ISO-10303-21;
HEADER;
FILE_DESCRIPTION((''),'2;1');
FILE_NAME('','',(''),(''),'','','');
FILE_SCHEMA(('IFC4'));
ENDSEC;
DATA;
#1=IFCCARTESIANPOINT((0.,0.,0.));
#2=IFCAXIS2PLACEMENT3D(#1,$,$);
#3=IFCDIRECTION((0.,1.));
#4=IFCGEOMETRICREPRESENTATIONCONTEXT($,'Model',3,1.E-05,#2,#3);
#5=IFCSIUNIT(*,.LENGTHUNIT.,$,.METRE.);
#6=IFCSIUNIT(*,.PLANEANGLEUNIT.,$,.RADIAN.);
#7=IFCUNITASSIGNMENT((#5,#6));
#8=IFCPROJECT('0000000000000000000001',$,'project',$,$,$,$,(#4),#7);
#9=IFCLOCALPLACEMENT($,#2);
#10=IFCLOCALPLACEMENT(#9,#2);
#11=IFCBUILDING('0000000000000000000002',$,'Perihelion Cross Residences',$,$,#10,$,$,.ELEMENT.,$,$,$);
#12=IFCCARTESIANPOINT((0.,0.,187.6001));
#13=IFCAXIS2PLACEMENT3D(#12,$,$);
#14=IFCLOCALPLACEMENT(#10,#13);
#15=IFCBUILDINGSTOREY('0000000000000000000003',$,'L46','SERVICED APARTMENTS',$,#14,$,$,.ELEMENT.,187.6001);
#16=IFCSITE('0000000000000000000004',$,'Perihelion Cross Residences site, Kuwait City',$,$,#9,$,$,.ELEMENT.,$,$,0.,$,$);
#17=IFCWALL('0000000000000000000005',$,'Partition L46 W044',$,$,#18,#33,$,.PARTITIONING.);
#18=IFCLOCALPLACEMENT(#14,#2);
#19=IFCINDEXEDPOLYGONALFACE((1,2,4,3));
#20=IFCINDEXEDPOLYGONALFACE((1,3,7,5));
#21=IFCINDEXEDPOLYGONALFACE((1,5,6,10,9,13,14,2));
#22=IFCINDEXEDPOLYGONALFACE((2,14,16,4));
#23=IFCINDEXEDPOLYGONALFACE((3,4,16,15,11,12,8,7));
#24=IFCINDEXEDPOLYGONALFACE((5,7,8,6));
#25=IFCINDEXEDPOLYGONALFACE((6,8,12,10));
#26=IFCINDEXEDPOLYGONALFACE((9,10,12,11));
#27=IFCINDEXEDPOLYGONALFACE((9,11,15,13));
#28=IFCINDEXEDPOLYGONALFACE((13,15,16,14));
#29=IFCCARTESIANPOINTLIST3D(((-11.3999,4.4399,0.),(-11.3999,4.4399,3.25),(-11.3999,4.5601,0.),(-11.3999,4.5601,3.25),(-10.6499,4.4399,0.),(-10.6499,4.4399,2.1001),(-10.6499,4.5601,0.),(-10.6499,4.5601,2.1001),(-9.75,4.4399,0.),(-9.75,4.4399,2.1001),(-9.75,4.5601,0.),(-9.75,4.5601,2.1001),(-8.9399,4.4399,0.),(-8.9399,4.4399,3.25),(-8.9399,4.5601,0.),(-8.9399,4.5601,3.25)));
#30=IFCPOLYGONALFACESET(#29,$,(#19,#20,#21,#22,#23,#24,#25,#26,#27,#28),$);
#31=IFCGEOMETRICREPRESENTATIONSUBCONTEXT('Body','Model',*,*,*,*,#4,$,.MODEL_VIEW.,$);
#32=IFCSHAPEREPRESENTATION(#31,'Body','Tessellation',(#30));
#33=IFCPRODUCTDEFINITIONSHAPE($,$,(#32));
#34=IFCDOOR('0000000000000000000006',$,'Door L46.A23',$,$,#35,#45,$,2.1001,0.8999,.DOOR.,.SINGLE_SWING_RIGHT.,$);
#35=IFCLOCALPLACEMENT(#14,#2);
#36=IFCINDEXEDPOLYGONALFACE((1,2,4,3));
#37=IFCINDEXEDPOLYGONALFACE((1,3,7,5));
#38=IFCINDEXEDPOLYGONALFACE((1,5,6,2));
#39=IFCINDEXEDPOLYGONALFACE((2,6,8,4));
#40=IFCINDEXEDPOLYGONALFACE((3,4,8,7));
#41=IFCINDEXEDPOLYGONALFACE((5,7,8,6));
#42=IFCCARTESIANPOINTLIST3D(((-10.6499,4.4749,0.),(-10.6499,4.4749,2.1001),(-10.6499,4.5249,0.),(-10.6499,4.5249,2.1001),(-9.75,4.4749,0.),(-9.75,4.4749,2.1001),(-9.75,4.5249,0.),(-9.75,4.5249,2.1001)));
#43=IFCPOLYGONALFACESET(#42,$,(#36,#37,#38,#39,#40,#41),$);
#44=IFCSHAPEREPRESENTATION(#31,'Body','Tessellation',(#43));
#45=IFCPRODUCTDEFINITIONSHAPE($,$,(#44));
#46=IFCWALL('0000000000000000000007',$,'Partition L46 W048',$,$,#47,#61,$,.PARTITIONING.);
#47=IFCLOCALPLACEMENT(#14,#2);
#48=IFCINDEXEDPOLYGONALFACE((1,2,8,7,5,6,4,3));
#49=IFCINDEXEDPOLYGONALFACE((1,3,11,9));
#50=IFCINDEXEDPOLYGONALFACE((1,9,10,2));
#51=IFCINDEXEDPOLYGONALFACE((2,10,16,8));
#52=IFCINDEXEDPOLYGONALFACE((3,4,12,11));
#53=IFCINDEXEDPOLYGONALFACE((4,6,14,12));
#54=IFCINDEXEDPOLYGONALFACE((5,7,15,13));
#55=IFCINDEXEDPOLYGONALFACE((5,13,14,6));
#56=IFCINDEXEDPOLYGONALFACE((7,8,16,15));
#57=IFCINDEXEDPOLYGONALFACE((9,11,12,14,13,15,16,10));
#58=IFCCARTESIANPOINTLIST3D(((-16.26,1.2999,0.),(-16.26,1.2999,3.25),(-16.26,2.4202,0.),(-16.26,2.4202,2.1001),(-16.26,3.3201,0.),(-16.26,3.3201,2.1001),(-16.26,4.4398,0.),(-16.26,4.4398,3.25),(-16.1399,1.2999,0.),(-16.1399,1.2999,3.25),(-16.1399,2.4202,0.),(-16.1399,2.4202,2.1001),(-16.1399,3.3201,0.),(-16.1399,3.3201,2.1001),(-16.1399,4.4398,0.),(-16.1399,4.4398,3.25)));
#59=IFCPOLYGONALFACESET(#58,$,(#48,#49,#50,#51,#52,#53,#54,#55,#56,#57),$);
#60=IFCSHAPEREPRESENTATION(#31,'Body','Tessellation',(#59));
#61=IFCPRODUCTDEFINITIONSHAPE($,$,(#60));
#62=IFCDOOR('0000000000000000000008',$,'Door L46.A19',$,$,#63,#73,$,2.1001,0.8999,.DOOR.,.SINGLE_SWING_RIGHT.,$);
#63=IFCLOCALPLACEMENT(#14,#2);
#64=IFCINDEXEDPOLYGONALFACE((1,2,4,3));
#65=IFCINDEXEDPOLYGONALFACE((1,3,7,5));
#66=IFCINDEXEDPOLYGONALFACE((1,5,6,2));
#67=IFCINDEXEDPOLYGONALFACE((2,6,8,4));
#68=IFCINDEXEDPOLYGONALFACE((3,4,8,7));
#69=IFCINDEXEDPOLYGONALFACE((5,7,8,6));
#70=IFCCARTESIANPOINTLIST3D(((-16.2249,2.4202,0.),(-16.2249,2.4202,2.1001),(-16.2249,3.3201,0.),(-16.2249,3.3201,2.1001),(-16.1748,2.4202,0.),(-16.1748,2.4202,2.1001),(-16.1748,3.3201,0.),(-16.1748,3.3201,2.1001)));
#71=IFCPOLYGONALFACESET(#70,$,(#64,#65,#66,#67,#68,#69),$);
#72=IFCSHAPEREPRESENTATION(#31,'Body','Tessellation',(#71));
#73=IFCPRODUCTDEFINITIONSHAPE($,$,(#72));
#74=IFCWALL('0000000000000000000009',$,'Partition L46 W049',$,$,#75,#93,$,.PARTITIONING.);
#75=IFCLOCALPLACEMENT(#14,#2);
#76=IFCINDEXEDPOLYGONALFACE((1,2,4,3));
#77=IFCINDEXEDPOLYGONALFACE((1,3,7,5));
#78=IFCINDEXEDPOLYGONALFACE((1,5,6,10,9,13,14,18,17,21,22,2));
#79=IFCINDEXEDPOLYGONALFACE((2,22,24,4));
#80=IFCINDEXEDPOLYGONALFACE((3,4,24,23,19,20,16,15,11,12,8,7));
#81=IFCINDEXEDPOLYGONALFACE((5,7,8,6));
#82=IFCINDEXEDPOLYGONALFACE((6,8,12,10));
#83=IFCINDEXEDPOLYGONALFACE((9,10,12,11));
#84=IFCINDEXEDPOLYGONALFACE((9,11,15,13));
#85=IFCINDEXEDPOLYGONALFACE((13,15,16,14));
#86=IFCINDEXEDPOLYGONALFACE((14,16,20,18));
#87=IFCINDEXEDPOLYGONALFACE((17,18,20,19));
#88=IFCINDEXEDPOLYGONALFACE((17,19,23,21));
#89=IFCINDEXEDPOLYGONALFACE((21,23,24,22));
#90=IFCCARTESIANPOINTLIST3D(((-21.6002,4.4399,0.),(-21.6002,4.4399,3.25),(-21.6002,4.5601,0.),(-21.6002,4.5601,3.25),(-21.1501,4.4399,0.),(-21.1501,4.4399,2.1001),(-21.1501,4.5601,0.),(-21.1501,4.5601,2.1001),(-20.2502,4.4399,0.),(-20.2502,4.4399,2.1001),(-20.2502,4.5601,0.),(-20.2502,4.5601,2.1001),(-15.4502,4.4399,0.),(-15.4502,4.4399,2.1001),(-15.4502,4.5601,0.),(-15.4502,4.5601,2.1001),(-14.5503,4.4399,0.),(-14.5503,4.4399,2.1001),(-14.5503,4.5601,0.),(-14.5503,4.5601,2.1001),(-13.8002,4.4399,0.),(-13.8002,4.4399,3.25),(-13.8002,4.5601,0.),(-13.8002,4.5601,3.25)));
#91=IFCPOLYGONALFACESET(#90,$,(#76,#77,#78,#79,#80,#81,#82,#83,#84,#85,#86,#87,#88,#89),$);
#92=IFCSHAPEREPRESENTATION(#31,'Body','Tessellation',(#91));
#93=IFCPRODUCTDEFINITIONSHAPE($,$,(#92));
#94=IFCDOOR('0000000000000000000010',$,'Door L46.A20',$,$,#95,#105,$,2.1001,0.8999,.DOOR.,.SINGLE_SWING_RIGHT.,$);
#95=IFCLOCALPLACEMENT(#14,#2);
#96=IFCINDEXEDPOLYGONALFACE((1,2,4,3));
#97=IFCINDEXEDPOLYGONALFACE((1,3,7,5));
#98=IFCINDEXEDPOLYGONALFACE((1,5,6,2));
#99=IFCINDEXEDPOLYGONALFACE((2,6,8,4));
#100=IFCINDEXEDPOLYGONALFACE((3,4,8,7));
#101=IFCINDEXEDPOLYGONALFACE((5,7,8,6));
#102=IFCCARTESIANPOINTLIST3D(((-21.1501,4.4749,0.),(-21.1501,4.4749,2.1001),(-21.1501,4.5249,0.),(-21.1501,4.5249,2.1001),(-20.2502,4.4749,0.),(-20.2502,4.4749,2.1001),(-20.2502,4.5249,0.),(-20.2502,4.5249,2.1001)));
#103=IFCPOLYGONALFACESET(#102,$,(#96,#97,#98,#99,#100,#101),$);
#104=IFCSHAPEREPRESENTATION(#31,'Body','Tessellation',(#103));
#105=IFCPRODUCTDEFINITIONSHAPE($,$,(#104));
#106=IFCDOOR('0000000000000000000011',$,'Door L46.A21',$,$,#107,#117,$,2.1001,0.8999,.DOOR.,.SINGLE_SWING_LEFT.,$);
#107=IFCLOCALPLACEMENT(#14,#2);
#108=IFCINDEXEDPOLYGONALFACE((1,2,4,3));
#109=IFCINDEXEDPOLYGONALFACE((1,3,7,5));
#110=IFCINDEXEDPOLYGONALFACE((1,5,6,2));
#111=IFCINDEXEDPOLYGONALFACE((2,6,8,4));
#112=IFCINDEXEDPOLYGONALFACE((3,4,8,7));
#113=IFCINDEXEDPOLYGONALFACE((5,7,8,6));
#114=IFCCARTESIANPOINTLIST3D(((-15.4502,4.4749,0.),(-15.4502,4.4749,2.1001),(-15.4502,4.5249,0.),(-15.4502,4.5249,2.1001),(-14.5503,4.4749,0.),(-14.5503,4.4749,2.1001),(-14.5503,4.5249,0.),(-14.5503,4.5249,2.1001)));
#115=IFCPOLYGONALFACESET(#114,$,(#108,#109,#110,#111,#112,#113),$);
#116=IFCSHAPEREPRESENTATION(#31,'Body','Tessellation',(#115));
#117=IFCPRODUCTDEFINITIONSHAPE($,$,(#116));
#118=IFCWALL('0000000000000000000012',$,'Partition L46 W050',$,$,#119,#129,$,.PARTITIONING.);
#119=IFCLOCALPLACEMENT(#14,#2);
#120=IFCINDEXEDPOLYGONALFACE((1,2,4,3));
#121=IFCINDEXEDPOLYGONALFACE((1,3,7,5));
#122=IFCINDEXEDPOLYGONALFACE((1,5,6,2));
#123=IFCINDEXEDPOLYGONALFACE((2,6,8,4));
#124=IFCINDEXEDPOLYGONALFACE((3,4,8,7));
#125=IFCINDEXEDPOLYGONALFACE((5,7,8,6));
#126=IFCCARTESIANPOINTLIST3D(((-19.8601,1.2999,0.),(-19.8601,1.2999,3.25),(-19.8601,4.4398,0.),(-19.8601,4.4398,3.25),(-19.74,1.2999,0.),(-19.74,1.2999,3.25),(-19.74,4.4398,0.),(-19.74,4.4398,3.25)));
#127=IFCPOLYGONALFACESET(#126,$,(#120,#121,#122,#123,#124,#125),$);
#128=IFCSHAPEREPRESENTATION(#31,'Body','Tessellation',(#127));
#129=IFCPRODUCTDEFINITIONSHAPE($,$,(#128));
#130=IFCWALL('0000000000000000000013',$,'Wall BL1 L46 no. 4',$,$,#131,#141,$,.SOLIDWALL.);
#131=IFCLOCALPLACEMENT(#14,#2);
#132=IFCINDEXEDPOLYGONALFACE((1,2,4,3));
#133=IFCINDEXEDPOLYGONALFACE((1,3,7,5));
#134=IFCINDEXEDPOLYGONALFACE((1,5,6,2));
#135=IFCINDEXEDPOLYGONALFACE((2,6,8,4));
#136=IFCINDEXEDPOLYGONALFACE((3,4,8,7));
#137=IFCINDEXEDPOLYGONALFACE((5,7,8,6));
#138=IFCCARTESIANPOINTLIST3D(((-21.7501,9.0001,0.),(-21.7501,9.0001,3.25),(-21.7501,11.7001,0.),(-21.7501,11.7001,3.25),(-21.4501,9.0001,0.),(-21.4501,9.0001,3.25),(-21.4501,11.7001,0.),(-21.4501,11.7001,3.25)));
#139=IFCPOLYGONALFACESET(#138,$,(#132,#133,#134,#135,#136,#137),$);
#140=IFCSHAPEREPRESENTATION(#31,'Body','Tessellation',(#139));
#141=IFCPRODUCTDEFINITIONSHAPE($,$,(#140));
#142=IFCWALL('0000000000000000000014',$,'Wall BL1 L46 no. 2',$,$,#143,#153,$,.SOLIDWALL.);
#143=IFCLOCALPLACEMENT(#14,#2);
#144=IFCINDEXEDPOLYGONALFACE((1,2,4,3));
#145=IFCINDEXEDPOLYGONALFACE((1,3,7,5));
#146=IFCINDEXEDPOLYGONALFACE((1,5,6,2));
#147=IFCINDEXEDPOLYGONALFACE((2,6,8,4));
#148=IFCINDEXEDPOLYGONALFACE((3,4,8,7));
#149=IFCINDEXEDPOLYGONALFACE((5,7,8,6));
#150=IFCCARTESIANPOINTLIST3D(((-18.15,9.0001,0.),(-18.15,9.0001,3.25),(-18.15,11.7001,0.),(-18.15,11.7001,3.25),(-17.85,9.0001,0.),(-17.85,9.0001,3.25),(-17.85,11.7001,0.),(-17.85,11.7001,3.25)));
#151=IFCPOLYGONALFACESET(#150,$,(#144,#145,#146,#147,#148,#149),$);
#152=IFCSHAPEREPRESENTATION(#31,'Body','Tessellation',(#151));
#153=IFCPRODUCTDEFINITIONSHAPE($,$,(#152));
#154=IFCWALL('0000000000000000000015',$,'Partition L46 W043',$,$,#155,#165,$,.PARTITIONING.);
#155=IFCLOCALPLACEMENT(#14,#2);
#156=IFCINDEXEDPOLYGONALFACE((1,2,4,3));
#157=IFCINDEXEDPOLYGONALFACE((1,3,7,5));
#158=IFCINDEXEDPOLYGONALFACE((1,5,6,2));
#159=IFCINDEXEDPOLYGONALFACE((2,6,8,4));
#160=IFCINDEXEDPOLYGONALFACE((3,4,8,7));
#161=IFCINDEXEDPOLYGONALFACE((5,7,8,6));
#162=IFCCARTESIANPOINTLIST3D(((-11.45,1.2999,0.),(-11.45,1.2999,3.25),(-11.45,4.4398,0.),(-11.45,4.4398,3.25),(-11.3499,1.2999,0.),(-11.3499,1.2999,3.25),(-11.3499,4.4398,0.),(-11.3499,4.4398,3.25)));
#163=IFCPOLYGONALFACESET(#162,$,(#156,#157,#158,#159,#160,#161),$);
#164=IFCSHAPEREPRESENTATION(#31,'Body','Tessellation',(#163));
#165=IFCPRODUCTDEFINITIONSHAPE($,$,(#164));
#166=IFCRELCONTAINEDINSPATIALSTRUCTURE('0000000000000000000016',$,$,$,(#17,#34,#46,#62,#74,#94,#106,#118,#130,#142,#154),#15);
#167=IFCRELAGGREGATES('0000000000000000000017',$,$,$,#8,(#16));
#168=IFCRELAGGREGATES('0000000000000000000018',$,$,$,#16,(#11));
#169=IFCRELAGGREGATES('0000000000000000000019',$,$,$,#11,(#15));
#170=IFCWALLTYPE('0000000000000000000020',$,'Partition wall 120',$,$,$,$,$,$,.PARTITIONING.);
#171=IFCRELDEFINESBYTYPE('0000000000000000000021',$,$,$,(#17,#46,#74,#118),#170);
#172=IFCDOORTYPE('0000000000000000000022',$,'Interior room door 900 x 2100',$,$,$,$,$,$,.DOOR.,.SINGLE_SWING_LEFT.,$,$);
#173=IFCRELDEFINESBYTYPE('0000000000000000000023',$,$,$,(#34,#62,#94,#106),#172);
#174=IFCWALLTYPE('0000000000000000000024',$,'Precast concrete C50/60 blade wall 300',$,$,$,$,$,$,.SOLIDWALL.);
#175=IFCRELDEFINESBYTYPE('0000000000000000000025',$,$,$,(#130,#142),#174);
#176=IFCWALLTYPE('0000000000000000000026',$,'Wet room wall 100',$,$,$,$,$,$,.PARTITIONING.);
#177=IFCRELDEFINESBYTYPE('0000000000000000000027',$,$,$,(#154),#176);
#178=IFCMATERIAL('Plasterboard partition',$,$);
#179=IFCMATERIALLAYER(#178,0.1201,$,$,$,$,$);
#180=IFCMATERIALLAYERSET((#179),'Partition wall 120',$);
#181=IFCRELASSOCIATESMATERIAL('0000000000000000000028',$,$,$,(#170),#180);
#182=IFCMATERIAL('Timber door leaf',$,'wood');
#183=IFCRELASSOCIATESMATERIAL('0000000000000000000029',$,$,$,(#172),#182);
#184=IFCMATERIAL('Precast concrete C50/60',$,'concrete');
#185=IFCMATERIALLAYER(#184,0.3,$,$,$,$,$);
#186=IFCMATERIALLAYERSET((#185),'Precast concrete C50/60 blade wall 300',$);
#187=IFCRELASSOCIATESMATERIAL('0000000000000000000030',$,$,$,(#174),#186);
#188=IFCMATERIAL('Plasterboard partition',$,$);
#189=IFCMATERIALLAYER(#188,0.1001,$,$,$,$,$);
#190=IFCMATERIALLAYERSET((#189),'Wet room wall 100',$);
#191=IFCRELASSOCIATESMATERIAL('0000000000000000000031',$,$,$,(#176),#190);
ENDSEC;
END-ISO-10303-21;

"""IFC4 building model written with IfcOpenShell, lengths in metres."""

from ifc_helpers import new_model, si_unit, direction, frame, frame_2d, origin, place, context, subcontext, project, spatial, rectangle, extrude, material, layer, layer_set, type_object, element, fill, save


model = new_model("IFC4")

# Units and contexts
model_context = context("Model", 3, precision=1e-05, world=origin(), true_north=direction((0.0, 1.0)))
body_context = subcontext(model_context, "Body", "Model", "MODEL_VIEW")
ifc_project = project(units=[si_unit("LENGTHUNIT", "METRE"), si_unit("PLANEANGLEUNIT", "RADIAN")], contexts=[model_context])

# Site, building, storey
site_placement = place(None, origin())
site = spatial("IfcSite", under=ifc_project, at=site_placement, Name="Perihelion Cross Residences site, Kuwait City", CompositionType="ELEMENT", RefElevation=0.0)
building_placement = place(site_placement, origin())
building = spatial("IfcBuilding", under=site, at=building_placement, Name="Perihelion Cross Residences", CompositionType="ELEMENT")
storey_placement = place(building_placement, frame((0.0, 0.0, 187.6001)))
storey = spatial("IfcBuildingStorey", under=building, at=storey_placement, Name="L46", Description="SERVICED APARTMENTS", CompositionType="ELEMENT", Elevation=187.6001)

# Walls, openings, doors
ifc_material_1 = material(Name="Plasterboard partition")
ifc_layer_1 = layer(ifc_material_1, 0.1201)
ifc_layer_set_1 = layer_set([ifc_layer_1], Name="Partition wall 120")
wall_type_1 = type_object("IfcWallType", Name="Partition wall 120", PredefinedType="PARTITIONING", material=ifc_layer_set_1)
wall_1_placement = place(storey_placement, frame((-11.3999, 4.5, 0.0), z_axis=(0.0, 0.0, 1.0), x_axis=(1.0, 0.0, 0.0)))
wall_1 = element("IfcWall", 1, at=wall_1_placement, inside=storey, type_object=wall_type_1, Name="Partition L46 W044", PredefinedType="PARTITIONING", context=body_context, shape_type="SweptSolid", body=[
    extrude(rectangle(XDim=2.46, YDim=0.1201, at=frame_2d((1.23, 0.0))), origin(), (0.0, 0.0, 1.0), 3.25),
])
opening_1_placement = place(wall_1_placement, frame((0.75, 0.0, 0.0)))
opening_1 = element("IfcOpeningElement", 2, at=opening_1_placement, cuts=wall_1, PredefinedType="OPENING", context=body_context, shape_type="SweptSolid", body=[
    extrude(rectangle(XDim=0.8999, YDim=2.1001, at=frame_2d((0.45, 1.05))), frame((0.0, 0.0701, 0.0), z_axis=(0.0, -1.0, 0.0), x_axis=(1.0, 0.0, 0.0)), (0.0, 0.0, 1.0), 0.1401),
])
ifc_material_2 = material(Name="Timber door leaf", Category="wood")
door_type_1 = type_object("IfcDoorType", Name="Interior room door 900 x 2100", OperationType="SINGLE_SWING_LEFT", PredefinedType="DOOR", material=ifc_material_2)
door_1_placement = place(opening_1_placement, origin())
door_1 = element("IfcDoor", 3, at=door_1_placement, inside=storey, type_object=door_type_1, Name="Door L46.A23", OperationType="SINGLE_SWING_RIGHT", OverallHeight=2.1001, OverallWidth=0.8999, PredefinedType="DOOR", context=body_context, shape_type="SweptSolid", body=[
    extrude(rectangle(XDim=0.8999, YDim=2.1001, at=frame_2d((0.45, 1.05))), frame((0.0, 0.0249, 0.0), z_axis=(0.0, -1.0, 0.0), x_axis=(1.0, 0.0, 0.0)), (0.0, 0.0, 1.0), 0.05),
])
fill(opening_1, door_1)
wall_2_placement = place(storey_placement, frame((-16.2, 1.3, 0.0), z_axis=(0.0, 0.0, 1.0), x_axis=(0.0, 1.0, 0.0)))
wall_2 = element("IfcWall", 4, at=wall_2_placement, inside=storey, type_object=wall_type_1, Name="Partition L46 W048", PredefinedType="PARTITIONING", context=body_context, shape_type="SweptSolid", body=[
    extrude(rectangle(XDim=3.1399, YDim=0.1201, at=frame_2d((1.5698, 0.0))), origin(), (0.0, 0.0, 1.0), 3.25),
])
opening_2_placement = place(wall_2_placement, frame((1.1201, 0.0, 0.0)))
opening_2 = element("IfcOpeningElement", 5, at=opening_2_placement, cuts=wall_2, PredefinedType="OPENING", context=body_context, shape_type="SweptSolid", body=[
    extrude(rectangle(XDim=0.8999, YDim=2.1001, at=frame_2d((0.45, 1.05))), frame((0.0, 0.0701, 0.0), z_axis=(0.0, -1.0, 0.0), x_axis=(1.0, 0.0, 0.0)), (0.0, 0.0, 1.0), 0.1401),
])
door_2_placement = place(opening_2_placement, origin())
door_2 = element("IfcDoor", 6, at=door_2_placement, inside=storey, type_object=door_type_1, Name="Door L46.A19", OperationType="SINGLE_SWING_RIGHT", OverallHeight=2.1001, OverallWidth=0.8999, PredefinedType="DOOR", context=body_context, shape_type="SweptSolid", body=[
    extrude(rectangle(XDim=0.8999, YDim=2.1001, at=frame_2d((0.45, 1.05))), frame((0.0, 0.0249, 0.0), z_axis=(0.0, -1.0, 0.0), x_axis=(1.0, 0.0, 0.0)), (0.0, 0.0, 1.0), 0.05),
])
fill(opening_2, door_2)

# Wall, openings, doors
wall_3_placement = place(storey_placement, frame((-21.6001, 4.5, 0.0), z_axis=(0.0, 0.0, 1.0), x_axis=(1.0, 0.0, 0.0)))
wall_3 = element("IfcWall", 7, at=wall_3_placement, inside=storey, type_object=wall_type_1, Name="Partition L46 W049", PredefinedType="PARTITIONING", context=body_context, shape_type="SweptSolid", body=[
    extrude(rectangle(XDim=7.8, YDim=0.1201, at=frame_2d((3.8999, 0.0))), origin(), (0.0, 0.0, 1.0), 3.25),
])
opening_3_placement = place(wall_3_placement, frame((0.45, 0.0, 0.0)))
opening_3 = element("IfcOpeningElement", 8, at=opening_3_placement, cuts=wall_3, PredefinedType="OPENING", context=body_context, shape_type="SweptSolid", body=[
    extrude(rectangle(XDim=0.8999, YDim=2.1001, at=frame_2d((0.45, 1.05))), frame((0.0, 0.0701, 0.0), z_axis=(0.0, -1.0, 0.0), x_axis=(1.0, 0.0, 0.0)), (0.0, 0.0, 1.0), 0.1401),
])
opening_4_placement = place(wall_3_placement, frame((6.1499, 0.0, 0.0)))
opening_4 = element("IfcOpeningElement", 9, at=opening_4_placement, cuts=wall_3, PredefinedType="OPENING", context=body_context, shape_type="SweptSolid", body=[
    extrude(rectangle(XDim=0.8999, YDim=2.1001, at=frame_2d((0.45, 1.05))), frame((0.0, 0.0701, 0.0), z_axis=(0.0, -1.0, 0.0), x_axis=(1.0, 0.0, 0.0)), (0.0, 0.0, 1.0), 0.1401),
])
door_3_placement = place(opening_3_placement, origin())
door_3 = element("IfcDoor", 10, at=door_3_placement, inside=storey, type_object=door_type_1, Name="Door L46.A20", OperationType="SINGLE_SWING_RIGHT", OverallHeight=2.1001, OverallWidth=0.8999, PredefinedType="DOOR", context=body_context, shape_type="SweptSolid", body=[
    extrude(rectangle(XDim=0.8999, YDim=2.1001, at=frame_2d((0.45, 1.05))), frame((0.0, 0.0249, 0.0), z_axis=(0.0, -1.0, 0.0), x_axis=(1.0, 0.0, 0.0)), (0.0, 0.0, 1.0), 0.05),
])
fill(opening_3, door_3)
door_4_placement = place(opening_4_placement, origin())
door_4 = element("IfcDoor", 11, at=door_4_placement, inside=storey, type_object=door_type_1, Name="Door L46.A21", OperationType="SINGLE_SWING_LEFT", OverallHeight=2.1001, OverallWidth=0.8999, PredefinedType="DOOR", context=body_context, shape_type="SweptSolid", body=[
    extrude(rectangle(XDim=0.8999, YDim=2.1001, at=frame_2d((0.45, 1.05))), frame((0.0, 0.0249, 0.0), z_axis=(0.0, -1.0, 0.0), x_axis=(1.0, 0.0, 0.0)), (0.0, 0.0, 1.0), 0.05),
])
fill(opening_4, door_4)

# Walls
wall_4_placement = place(storey_placement, frame((-19.8, 1.3, 0.0), z_axis=(0.0, 0.0, 1.0), x_axis=(0.0, 1.0, 0.0)))
element("IfcWall", 12, at=wall_4_placement, inside=storey, type_object=wall_type_1, Name="Partition L46 W050", PredefinedType="PARTITIONING", context=body_context, shape_type="SweptSolid", body=[
    extrude(rectangle(XDim=3.1399, YDim=0.1201, at=frame_2d((1.5698, 0.0))), origin(), (0.0, 0.0, 1.0), 3.25),
])
ifc_material_3 = material(Name="Precast concrete C50/60", Category="concrete")
ifc_layer_2 = layer(ifc_material_3, 0.3)
ifc_layer_set_2 = layer_set([ifc_layer_2], Name="Precast concrete C50/60 blade wall 300")
wall_type_2 = type_object("IfcWallType", Name="Precast concrete C50/60 blade wall 300", PredefinedType="SOLIDWALL", material=ifc_layer_set_2)
for number, where, z_axis, x_axis, name in (
    (13, (-21.6001, 9.0, 0.0), (0.0, 0.0, 1.0), (0.0, 1.0, 0.0), "Wall BL1 L46 no. 4"),
    (14, (-18.0, 9.0, 0.0), (0.0, 0.0, 1.0), (0.0, 1.0, 0.0), "Wall BL1 L46 no. 2"),
):
    element("IfcWall", number, at=place(storey_placement, frame(where, z_axis=z_axis, x_axis=x_axis)), inside=storey, type_object=wall_type_2, Name=name, PredefinedType="SOLIDWALL", context=body_context, shape_type="SweptSolid", body=[
        extrude(rectangle(XDim=2.7, YDim=0.3, at=frame_2d((1.3501, 0.0))), origin(), (0.0, 0.0, 1.0), 3.25),
    ])
ifc_material_4 = material(Name="Plasterboard partition")
ifc_layer_3 = layer(ifc_material_4, 0.1001)
ifc_layer_set_3 = layer_set([ifc_layer_3], Name="Wet room wall 100")
wall_type_3 = type_object("IfcWallType", Name="Wet room wall 100", PredefinedType="PARTITIONING", material=ifc_layer_set_3)
wall_5_placement = place(storey_placement, frame((-11.3999, 1.3, 0.0), z_axis=(0.0, 0.0, 1.0), x_axis=(0.0, 1.0, 0.0)))
element("IfcWall", 15, at=wall_5_placement, inside=storey, type_object=wall_type_3, Name="Partition L46 W043", PredefinedType="PARTITIONING", context=body_context, shape_type="SweptSolid", body=[
    extrude(rectangle(XDim=3.1399, YDim=0.1001, at=frame_2d((1.5698, 0.0))), origin(), (0.0, 0.0, 1.0), 3.25),
])

save(model, "model.ifc")
